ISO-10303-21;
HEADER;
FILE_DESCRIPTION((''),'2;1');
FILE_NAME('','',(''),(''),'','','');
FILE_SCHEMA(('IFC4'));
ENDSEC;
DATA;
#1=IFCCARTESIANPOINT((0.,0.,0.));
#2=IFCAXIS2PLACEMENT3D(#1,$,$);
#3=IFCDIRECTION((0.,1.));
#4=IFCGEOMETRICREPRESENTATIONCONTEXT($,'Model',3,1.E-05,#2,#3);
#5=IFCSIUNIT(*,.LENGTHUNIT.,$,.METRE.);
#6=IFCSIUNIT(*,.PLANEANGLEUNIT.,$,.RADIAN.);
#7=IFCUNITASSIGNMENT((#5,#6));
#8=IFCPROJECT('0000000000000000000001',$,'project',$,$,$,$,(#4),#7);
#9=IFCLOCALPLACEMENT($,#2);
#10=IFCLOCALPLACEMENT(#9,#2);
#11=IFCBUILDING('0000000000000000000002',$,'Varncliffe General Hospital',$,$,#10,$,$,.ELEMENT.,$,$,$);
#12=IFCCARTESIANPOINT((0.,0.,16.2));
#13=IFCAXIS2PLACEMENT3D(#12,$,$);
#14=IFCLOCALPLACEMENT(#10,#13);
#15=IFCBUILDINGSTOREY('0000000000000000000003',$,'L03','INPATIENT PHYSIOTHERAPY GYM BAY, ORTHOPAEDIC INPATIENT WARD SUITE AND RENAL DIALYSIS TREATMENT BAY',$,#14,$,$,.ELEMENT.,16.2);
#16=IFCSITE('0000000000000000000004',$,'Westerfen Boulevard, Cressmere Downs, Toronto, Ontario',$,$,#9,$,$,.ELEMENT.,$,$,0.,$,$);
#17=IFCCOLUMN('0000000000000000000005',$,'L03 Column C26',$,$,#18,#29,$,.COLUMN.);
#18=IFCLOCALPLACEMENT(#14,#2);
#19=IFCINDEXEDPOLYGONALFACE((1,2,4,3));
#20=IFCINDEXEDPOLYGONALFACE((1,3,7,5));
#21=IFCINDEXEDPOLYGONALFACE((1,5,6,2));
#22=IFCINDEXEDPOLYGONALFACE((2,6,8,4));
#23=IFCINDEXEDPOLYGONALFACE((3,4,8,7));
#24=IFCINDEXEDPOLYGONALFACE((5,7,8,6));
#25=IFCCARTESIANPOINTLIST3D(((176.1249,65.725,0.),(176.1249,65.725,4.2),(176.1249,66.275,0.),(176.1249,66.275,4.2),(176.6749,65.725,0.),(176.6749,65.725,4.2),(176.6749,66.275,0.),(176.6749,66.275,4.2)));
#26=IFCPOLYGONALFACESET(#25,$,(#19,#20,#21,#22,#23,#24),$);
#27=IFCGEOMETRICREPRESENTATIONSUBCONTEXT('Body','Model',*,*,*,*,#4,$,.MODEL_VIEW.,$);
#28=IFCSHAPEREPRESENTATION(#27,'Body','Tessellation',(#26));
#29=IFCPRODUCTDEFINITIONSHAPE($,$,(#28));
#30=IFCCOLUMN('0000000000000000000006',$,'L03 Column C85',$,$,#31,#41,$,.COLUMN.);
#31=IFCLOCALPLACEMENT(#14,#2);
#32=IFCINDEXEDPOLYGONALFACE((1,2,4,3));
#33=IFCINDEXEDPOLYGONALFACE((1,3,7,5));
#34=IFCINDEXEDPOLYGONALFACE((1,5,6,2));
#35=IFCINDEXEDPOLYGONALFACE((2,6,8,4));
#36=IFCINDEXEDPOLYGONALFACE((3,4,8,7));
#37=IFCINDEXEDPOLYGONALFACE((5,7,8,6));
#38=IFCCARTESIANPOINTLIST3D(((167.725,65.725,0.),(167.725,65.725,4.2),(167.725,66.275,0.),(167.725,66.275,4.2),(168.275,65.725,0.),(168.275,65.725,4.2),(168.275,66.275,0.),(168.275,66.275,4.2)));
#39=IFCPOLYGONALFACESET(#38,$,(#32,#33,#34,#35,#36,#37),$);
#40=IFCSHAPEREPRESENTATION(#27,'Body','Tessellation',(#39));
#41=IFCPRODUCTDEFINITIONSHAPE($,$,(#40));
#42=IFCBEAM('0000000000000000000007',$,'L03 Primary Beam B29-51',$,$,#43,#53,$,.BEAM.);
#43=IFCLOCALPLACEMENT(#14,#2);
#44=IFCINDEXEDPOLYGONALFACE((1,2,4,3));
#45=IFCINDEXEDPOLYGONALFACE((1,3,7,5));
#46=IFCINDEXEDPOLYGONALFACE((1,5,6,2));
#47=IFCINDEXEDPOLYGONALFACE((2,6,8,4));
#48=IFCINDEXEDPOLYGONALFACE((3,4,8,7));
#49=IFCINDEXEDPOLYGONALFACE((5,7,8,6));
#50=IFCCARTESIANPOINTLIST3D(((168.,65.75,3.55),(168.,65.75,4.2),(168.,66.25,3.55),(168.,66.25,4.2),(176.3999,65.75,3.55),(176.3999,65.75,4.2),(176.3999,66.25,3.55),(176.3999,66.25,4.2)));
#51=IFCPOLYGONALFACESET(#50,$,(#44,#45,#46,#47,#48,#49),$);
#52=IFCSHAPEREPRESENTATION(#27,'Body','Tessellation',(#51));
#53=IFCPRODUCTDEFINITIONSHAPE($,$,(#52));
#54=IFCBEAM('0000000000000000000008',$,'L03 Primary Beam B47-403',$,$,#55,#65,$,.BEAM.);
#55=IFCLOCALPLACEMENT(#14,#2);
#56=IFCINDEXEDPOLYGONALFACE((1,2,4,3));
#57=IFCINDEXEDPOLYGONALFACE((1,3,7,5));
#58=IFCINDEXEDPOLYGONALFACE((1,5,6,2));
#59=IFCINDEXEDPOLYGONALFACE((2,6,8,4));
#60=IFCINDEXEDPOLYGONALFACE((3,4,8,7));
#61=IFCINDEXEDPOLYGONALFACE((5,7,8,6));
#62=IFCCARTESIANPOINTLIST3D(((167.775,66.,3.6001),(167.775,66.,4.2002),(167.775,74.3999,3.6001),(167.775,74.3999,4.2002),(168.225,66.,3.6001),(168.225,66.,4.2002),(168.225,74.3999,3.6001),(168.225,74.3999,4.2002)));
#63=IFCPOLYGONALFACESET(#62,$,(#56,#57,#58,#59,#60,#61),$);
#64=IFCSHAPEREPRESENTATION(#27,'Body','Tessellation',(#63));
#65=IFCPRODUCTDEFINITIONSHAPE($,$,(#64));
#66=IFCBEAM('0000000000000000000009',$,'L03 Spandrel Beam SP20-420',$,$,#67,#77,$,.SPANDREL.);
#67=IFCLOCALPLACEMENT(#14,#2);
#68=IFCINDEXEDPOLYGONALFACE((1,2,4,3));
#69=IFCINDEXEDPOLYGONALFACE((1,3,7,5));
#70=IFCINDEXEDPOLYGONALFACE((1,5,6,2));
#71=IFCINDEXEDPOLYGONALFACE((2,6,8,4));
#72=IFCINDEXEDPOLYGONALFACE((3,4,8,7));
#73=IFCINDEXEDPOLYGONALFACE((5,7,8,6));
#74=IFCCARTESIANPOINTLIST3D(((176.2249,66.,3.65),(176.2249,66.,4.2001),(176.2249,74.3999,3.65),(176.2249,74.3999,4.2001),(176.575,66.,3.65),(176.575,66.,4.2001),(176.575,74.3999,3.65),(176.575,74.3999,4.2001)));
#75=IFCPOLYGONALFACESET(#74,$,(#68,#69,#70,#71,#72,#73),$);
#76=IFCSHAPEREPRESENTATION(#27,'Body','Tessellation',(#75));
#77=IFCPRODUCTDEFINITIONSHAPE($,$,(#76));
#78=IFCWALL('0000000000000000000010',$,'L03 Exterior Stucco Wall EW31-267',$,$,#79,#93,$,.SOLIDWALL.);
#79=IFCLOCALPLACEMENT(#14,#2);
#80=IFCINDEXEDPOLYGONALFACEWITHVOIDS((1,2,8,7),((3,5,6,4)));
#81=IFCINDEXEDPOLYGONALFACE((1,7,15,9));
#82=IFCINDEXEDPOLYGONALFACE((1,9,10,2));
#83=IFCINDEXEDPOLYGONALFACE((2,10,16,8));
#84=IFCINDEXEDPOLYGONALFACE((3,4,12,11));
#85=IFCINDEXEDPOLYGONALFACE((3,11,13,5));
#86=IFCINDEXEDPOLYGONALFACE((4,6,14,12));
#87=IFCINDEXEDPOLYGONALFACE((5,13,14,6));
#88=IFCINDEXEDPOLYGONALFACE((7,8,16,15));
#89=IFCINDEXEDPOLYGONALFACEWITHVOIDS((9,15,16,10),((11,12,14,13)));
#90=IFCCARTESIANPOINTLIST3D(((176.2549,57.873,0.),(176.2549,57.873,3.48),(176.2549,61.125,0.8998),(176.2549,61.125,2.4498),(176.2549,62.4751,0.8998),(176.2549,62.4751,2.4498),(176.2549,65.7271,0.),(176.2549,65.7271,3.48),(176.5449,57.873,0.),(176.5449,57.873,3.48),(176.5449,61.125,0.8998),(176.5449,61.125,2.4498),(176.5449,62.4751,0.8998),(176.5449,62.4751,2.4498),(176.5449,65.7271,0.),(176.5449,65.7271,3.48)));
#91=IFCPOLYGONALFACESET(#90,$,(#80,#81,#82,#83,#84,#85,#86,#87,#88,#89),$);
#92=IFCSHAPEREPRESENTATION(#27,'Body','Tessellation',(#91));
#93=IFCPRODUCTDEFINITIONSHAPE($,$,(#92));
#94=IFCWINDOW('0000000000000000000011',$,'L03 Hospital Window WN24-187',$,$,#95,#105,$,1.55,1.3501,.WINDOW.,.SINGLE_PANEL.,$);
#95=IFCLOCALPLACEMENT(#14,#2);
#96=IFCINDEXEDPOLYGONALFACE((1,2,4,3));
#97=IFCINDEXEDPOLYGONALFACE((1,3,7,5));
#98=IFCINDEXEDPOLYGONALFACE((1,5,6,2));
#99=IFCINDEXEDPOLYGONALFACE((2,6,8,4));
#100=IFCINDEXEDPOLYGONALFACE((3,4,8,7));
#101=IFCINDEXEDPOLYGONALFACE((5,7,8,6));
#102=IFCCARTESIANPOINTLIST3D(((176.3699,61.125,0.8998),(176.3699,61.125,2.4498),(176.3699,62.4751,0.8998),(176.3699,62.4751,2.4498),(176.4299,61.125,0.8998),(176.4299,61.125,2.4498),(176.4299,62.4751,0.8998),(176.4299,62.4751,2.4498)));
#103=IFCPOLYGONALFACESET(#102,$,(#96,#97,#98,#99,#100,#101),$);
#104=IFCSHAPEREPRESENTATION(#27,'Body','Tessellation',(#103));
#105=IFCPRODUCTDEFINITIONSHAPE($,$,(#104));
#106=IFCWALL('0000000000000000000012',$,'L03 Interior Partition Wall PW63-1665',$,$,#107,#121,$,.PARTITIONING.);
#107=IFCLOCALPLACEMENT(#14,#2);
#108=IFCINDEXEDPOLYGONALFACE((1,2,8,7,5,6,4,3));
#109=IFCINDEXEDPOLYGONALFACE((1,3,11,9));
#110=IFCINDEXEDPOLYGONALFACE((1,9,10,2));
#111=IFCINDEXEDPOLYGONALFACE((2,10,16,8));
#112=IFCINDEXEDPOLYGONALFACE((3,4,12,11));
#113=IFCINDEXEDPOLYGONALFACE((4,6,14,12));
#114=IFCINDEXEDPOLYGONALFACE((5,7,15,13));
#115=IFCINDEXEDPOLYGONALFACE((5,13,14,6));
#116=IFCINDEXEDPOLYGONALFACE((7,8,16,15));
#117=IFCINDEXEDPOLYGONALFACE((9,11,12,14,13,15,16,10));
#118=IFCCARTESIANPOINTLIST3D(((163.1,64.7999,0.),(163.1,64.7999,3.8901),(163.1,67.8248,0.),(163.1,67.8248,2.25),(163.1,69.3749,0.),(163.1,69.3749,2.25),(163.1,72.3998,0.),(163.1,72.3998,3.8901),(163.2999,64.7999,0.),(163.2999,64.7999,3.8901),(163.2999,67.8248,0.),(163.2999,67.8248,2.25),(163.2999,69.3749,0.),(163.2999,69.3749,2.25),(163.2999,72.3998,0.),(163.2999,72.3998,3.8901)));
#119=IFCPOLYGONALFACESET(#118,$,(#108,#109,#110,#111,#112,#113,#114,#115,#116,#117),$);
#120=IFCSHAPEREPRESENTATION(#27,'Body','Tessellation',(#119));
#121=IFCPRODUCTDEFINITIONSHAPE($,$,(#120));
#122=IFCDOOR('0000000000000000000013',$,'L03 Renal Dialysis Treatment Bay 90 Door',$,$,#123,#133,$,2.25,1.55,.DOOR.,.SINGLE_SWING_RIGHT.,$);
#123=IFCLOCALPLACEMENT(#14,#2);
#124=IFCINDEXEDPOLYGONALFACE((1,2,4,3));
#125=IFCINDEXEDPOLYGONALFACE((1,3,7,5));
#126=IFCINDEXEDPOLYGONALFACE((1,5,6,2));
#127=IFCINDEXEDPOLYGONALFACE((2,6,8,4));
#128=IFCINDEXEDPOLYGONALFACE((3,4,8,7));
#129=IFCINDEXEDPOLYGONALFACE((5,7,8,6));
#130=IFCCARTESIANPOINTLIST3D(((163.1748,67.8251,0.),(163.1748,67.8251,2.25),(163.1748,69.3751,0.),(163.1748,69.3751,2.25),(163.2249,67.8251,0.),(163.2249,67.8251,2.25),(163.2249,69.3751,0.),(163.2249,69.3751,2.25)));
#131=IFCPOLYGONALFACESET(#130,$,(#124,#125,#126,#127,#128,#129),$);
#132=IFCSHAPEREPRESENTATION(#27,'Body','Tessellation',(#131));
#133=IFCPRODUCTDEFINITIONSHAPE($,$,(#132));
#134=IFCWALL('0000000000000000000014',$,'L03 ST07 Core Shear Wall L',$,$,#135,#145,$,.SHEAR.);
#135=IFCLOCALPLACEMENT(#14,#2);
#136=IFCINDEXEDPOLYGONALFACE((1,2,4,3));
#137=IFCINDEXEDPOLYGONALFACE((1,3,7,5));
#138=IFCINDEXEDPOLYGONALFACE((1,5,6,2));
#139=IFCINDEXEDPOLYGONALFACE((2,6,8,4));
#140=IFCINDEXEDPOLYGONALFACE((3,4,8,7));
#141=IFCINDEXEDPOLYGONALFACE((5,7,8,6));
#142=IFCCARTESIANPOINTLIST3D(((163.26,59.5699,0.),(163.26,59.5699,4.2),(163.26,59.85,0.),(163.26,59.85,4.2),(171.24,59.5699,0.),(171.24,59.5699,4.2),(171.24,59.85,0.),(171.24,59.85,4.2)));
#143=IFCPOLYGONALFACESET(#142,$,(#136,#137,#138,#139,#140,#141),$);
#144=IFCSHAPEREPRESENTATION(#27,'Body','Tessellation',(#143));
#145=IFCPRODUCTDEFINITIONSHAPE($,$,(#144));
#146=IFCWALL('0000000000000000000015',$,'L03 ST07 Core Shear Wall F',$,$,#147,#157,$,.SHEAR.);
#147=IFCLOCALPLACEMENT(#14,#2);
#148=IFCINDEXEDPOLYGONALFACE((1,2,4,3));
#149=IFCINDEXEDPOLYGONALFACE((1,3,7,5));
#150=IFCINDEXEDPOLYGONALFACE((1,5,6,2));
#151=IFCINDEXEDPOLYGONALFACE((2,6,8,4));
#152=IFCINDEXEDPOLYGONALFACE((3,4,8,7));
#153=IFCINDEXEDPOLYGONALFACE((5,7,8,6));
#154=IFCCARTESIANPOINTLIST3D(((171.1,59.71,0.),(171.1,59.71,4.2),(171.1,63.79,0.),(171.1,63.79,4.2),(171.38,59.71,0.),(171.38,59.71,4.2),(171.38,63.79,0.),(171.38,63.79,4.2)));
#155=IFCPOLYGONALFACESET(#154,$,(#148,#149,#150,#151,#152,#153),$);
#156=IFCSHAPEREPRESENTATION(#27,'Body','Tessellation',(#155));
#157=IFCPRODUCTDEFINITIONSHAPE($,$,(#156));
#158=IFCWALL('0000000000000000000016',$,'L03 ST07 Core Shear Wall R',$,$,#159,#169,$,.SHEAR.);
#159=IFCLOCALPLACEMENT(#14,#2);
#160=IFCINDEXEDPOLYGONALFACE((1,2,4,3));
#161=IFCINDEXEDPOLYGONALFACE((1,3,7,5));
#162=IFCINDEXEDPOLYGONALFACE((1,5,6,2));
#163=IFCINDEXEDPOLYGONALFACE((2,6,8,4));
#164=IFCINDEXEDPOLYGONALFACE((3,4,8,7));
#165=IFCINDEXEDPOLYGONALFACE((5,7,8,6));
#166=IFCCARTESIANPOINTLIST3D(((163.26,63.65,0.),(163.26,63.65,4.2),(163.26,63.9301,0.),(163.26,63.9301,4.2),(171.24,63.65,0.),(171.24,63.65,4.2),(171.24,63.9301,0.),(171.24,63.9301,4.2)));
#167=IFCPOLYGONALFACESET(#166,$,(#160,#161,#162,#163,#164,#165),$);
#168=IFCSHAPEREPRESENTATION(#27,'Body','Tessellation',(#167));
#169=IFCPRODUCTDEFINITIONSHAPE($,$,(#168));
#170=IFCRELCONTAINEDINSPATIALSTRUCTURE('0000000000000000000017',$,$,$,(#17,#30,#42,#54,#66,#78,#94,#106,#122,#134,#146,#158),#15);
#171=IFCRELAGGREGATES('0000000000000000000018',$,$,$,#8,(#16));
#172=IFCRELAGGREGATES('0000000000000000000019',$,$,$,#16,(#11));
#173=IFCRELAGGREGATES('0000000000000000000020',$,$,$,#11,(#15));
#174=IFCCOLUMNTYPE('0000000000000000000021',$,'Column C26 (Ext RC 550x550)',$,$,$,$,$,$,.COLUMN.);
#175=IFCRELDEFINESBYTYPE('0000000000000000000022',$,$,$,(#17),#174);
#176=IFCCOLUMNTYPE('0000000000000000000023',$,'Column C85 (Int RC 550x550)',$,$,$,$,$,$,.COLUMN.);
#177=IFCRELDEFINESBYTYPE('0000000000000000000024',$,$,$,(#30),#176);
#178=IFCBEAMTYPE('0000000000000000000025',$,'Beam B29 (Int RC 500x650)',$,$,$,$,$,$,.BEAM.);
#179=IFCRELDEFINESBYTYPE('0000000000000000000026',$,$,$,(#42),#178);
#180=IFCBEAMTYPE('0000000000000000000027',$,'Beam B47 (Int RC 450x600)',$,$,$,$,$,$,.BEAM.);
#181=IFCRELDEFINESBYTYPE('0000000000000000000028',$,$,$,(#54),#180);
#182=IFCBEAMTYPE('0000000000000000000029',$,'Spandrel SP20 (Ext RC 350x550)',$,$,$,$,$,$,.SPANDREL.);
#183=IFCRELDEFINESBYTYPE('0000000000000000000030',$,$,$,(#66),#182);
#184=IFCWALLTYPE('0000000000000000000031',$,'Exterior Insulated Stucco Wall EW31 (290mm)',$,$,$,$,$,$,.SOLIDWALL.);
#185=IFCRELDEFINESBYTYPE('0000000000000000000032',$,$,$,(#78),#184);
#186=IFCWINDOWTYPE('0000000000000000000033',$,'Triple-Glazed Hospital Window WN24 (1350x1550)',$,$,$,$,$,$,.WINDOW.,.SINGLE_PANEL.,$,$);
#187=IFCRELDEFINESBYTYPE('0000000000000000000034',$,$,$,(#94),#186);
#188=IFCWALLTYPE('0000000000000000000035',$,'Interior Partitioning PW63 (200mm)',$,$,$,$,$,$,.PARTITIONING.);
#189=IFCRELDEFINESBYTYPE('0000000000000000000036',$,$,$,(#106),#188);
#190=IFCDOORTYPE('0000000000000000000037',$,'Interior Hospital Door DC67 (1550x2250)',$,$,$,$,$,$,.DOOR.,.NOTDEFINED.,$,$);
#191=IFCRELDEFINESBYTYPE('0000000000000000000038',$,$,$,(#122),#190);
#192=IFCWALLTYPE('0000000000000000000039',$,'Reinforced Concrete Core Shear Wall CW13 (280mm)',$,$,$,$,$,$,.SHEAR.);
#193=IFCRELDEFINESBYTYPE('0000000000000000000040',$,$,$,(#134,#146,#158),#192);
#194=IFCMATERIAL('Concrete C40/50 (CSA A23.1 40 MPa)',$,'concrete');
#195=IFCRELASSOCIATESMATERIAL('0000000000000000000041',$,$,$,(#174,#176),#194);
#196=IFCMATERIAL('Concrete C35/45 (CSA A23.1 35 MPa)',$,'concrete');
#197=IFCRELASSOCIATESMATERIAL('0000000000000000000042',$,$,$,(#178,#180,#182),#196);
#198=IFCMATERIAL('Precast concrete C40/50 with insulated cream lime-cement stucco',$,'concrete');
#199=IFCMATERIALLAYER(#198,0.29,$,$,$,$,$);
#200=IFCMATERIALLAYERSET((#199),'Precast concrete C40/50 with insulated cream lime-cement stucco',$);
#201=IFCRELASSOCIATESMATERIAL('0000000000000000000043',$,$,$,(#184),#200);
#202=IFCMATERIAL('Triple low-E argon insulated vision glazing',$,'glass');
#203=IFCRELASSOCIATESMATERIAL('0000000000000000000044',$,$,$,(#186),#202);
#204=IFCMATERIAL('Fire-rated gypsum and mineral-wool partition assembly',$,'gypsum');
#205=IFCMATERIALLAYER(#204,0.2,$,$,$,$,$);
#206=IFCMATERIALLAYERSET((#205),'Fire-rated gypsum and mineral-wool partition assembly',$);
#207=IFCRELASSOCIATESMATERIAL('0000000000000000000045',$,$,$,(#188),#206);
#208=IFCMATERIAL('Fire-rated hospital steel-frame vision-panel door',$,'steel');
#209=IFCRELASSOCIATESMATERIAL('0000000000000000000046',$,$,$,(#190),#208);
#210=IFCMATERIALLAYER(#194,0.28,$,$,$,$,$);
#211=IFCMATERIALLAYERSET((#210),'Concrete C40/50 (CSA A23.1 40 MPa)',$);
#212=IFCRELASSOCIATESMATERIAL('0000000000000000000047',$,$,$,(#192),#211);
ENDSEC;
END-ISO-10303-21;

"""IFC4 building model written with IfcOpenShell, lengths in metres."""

from ifc_helpers import new_model, si_unit, direction, frame, frame_2d, origin, origin_2d, place, context, subcontext, project, spatial, rectangle, extrude, material, layer, layer_set, material_profile, profile_set, type_object, element, fill, save


model = new_model("IFC4")

# Units and contexts
model_context = context("Model", 3, precision=1e-05, world=origin(), true_north=direction((0.0, 1.0)))
body_context = subcontext(model_context, "Body", "Model", "MODEL_VIEW")
ifc_project = project(units=[si_unit("LENGTHUNIT", "METRE"), si_unit("PLANEANGLEUNIT", "RADIAN")], contexts=[model_context])

# Site, building, storey
site_placement = place(None, origin())
site = spatial("IfcSite", under=ifc_project, at=site_placement, Name="Westerfen Boulevard, Cressmere Downs, Toronto, Ontario", CompositionType="ELEMENT", RefElevation=0.0)
building_placement = place(site_placement, origin())
building = spatial("IfcBuilding", under=site, at=building_placement, Name="Varncliffe General Hospital", CompositionType="ELEMENT")
storey_placement = place(building_placement, frame((0.0, 0.0, 16.2)))
storey = spatial("IfcBuildingStorey", under=building, at=storey_placement, Name="L03", Description="INPATIENT PHYSIOTHERAPY GYM BAY, ORTHOPAEDIC INPATIENT WARD SUITE AND RENAL DIALYSIS TREATMENT BAY", CompositionType="ELEMENT", Elevation=16.2)

# Columns
ifc_material_1 = material(Name="Concrete C40/50 (CSA A23.1 40 MPa)", Category="concrete")
ifc_material_profile_1 = material_profile(ifc_material_1, rectangle(XDim=0.55, YDim=0.55, at=origin_2d()), Name="RC 550x550")
ifc_profile_set_1 = profile_set([ifc_material_profile_1], Name="Concrete C40/50 (CSA A23.1 40 MPa)")
column_type_1 = type_object("IfcColumnType", Name="Column C26 (Ext RC 550x550)", PredefinedType="COLUMN", material=ifc_profile_set_1)
column_1_placement = place(storey_placement, frame((176.3999, 66.0, 0.0), z_axis=(0.0, 0.0, 1.0), x_axis=(1.0, 0.0, 0.0)))
element("IfcColumn", 1, at=column_1_placement, inside=storey, type_object=column_type_1, Name="L03 Column C26", PredefinedType="COLUMN", context=body_context, shape_type="SweptSolid", body=[
    extrude(rectangle(XDim=0.55, YDim=0.55, at=origin_2d()), origin(), (0.0, 0.0, 1.0), 4.2),
])
ifc_material_profile_2 = material_profile(ifc_material_1, rectangle(XDim=0.55, YDim=0.55, at=origin_2d()), Name="RC 550x550")
ifc_profile_set_2 = profile_set([ifc_material_profile_2], Name="Concrete C40/50 (CSA A23.1 40 MPa)")
column_type_2 = type_object("IfcColumnType", Name="Column C85 (Int RC 550x550)", PredefinedType="COLUMN", material=ifc_profile_set_2)
column_2_placement = place(storey_placement, frame((168.0, 66.0, 0.0), z_axis=(0.0, 0.0, 1.0), x_axis=(1.0, 0.0, 0.0)))
element("IfcColumn", 2, at=column_2_placement, inside=storey, type_object=column_type_2, Name="L03 Column C85", PredefinedType="COLUMN", context=body_context, shape_type="SweptSolid", body=[
    extrude(rectangle(XDim=0.55, YDim=0.55, at=origin_2d()), origin(), (0.0, 0.0, 1.0), 4.2),
])

# Beams
ifc_material_2 = material(Name="Concrete C35/45 (CSA A23.1 35 MPa)", Category="concrete")
ifc_material_profile_3 = material_profile(ifc_material_2, rectangle(XDim=0.5, YDim=0.6499, at=origin_2d()), Name="RC 500x650")
ifc_profile_set_3 = profile_set([ifc_material_profile_3], Name="Concrete C35/45 (CSA A23.1 35 MPa)")
beam_type_1 = type_object("IfcBeamType", Name="Beam B29 (Int RC 500x650)", PredefinedType="BEAM", material=ifc_profile_set_3)
beam_1_placement = place(storey_placement, frame((168.0, 66.0, 3.875), z_axis=(1.0, 0.0, 0.0), x_axis=(0.0, 1.0, 0.0)))
element("IfcBeam", 3, at=beam_1_placement, inside=storey, type_object=beam_type_1, Name="L03 Primary Beam B29-51", PredefinedType="BEAM", context=body_context, shape_type="SweptSolid", body=[
    extrude(rectangle(XDim=0.5, YDim=0.6499, at=origin_2d()), origin(), (0.0, 0.0, 1.0), 8.3999),
])
ifc_material_profile_4 = material_profile(ifc_material_2, rectangle(XDim=0.45, YDim=0.6001, at=origin_2d()), Name="RC 450x600")
ifc_profile_set_4 = profile_set([ifc_material_profile_4], Name="Concrete C35/45 (CSA A23.1 35 MPa)")
beam_type_2 = type_object("IfcBeamType", Name="Beam B47 (Int RC 450x600)", PredefinedType="BEAM", material=ifc_profile_set_4)
beam_2_placement = place(storey_placement, frame((168.0, 66.0, 3.9001), z_axis=(0.0, 1.0, 0.0), x_axis=(-1.0, 0.0, 0.0)))
element("IfcBeam", 4, at=beam_2_placement, inside=storey, type_object=beam_type_2, Name="L03 Primary Beam B47-403", PredefinedType="BEAM", context=body_context, shape_type="SweptSolid", body=[
    extrude(rectangle(XDim=0.45, YDim=0.6001, at=origin_2d()), origin(), (0.0, 0.0, 1.0), 8.3999),
])
ifc_material_profile_5 = material_profile(ifc_material_2, rectangle(XDim=0.3501, YDim=0.55, at=origin_2d()), Name="RC 350x550")
ifc_profile_set_5 = profile_set([ifc_material_profile_5], Name="Concrete C35/45 (CSA A23.1 35 MPa)")
beam_type_3 = type_object("IfcBeamType", Name="Spandrel SP20 (Ext RC 350x550)", PredefinedType="SPANDREL", material=ifc_profile_set_5)
beam_3_placement = place(storey_placement, frame((176.3999, 66.0, 3.925), z_axis=(0.0, 1.0, 0.0), x_axis=(-1.0, 0.0, 0.0)))
element("IfcBeam", 5, at=beam_3_placement, inside=storey, type_object=beam_type_3, Name="L03 Spandrel Beam SP20-420", PredefinedType="SPANDREL", context=body_context, shape_type="SweptSolid", body=[
    extrude(rectangle(XDim=0.3501, YDim=0.55, at=origin_2d()), origin(), (0.0, 0.0, 1.0), 8.3999),
])

# Wall, opening, window
ifc_material_3 = material(Name="Precast concrete C40/50 with insulated cream lime-cement stucco", Category="concrete")
ifc_layer_1 = layer(ifc_material_3, 0.29)
ifc_layer_set_1 = layer_set([ifc_layer_1], Name="Precast concrete C40/50 with insulated cream lime-cement stucco")
wall_type_1 = type_object("IfcWallType", Name="Exterior Insulated Stucco Wall EW31 (290mm)", PredefinedType="SOLIDWALL", material=ifc_layer_set_1)
wall_1_placement = place(storey_placement, frame((176.3999, 65.7271, 0.0), z_axis=(0.0, 0.0, 1.0), x_axis=(0.0, -1.0, 0.0)))
wall_1 = element("IfcWall", 6, at=wall_1_placement, inside=storey, type_object=wall_type_1, Name="L03 Exterior Stucco Wall EW31-267", PredefinedType="SOLIDWALL", context=body_context, shape_type="SweptSolid", body=[
    extrude(rectangle(XDim=7.854, YDim=0.29, at=frame_2d((3.927, 0.0))), origin(), (0.0, 0.0, 1.0), 3.48),
])
opening_1_placement = place(wall_1_placement, frame((3.252, 0.0, 0.8999)))
opening_1 = element("IfcOpeningElement", 7, at=opening_1_placement, cuts=wall_1, PredefinedType="OPENING", context=body_context, shape_type="SweptSolid", body=[
    extrude(rectangle(XDim=1.3501, YDim=1.55, at=frame_2d((0.675, 0.7749))), frame((0.0, 0.155, 0.0), z_axis=(0.0, -1.0, 0.0), x_axis=(1.0, 0.0, 0.0)), (0.0, 0.0, 1.0), 0.3101),
])
ifc_material_4 = material(Name="Triple low-E argon insulated vision glazing", Category="glass")
window_type = type_object("IfcWindowType", Name="Triple-Glazed Hospital Window WN24 (1350x1550)", PartitioningType="SINGLE_PANEL", PredefinedType="WINDOW", material=ifc_material_4)
window_placement = place(opening_1_placement, origin())
window = element("IfcWindow", 8, at=window_placement, inside=storey, type_object=window_type, Name="L03 Hospital Window WN24-187", OverallHeight=1.55, OverallWidth=1.3501, PartitioningType="SINGLE_PANEL", PredefinedType="WINDOW", context=body_context, shape_type="SweptSolid", body=[
    extrude(rectangle(XDim=1.3501, YDim=1.55, at=frame_2d((0.675, 0.7749))), frame((0.0, 0.03, 0.0), z_axis=(0.0, -1.0, 0.0), x_axis=(1.0, 0.0, 0.0)), (0.0, 0.0, 1.0), 0.0601),
])
fill(opening_1, window)

# Wall, opening, door
ifc_material_5 = material(Name="Fire-rated gypsum and mineral-wool partition assembly", Category="gypsum")
ifc_layer_2 = layer(ifc_material_5, 0.2)
ifc_layer_set_2 = layer_set([ifc_layer_2], Name="Fire-rated gypsum and mineral-wool partition assembly")
wall_type_2 = type_object("IfcWallType", Name="Interior Partitioning PW63 (200mm)", PredefinedType="PARTITIONING", material=ifc_layer_set_2)
wall_2_placement = place(storey_placement, frame((163.2, 64.8, 0.0), z_axis=(0.0, 0.0, 1.0), x_axis=(0.0, 1.0, 0.0)))
wall_2 = element("IfcWall", 9, at=wall_2_placement, inside=storey, type_object=wall_type_2, Name="L03 Interior Partition Wall PW63-1665", PredefinedType="PARTITIONING", context=body_context, shape_type="SweptSolid", body=[
    extrude(rectangle(XDim=7.5999, YDim=0.2, at=frame_2d((3.7998, 0.0))), origin(), (0.0, 0.0, 1.0), 3.8901),
])
opening_2_placement = place(wall_2_placement, frame((3.0249, 0.0, 0.0)))
opening_2 = element("IfcOpeningElement", 10, at=opening_2_placement, cuts=wall_2, PredefinedType="OPENING", context=body_context, shape_type="SweptSolid", body=[
    extrude(rectangle(XDim=1.55, YDim=2.25, at=frame_2d((0.7749, 1.125))), frame((0.0, 0.1099, 0.0), z_axis=(0.0, -1.0, 0.0), x_axis=(1.0, 0.0, 0.0)), (0.0, 0.0, 1.0), 0.22),
])
ifc_material_6 = material(Name="Fire-rated hospital steel-frame vision-panel door", Category="steel")
door_type_1 = type_object("IfcDoorType", Name="Interior Hospital Door DC67 (1550x2250)", OperationType="NOTDEFINED", PredefinedType="DOOR", material=ifc_material_6)
door_1_placement = place(opening_2_placement, frame((1.55, 0.0, 0.0), z_axis=(0.0, 0.0, 1.0), x_axis=(-1.0, 0.0, 0.0)))
door_1 = element("IfcDoor", 11, at=door_1_placement, inside=storey, type_object=door_type_1, Name="L03 Renal Dialysis Treatment Bay 90 Door", OperationType="SINGLE_SWING_RIGHT", OverallHeight=2.25, OverallWidth=1.55, PredefinedType="DOOR", context=body_context, shape_type="SweptSolid", body=[
    extrude(rectangle(XDim=1.55, YDim=2.25, at=frame_2d((0.7749, 1.125))), frame((0.0, 0.0249, 0.0), z_axis=(0.0, -1.0, 0.0), x_axis=(1.0, 0.0, 0.0)), (0.0, 0.0, 1.0), 0.05),
])
fill(opening_2, door_1)

# Walls
ifc_layer_3 = layer(ifc_material_1, 0.28)
ifc_layer_set_3 = layer_set([ifc_layer_3], Name="Concrete C40/50 (CSA A23.1 40 MPa)")
wall_type_3 = type_object("IfcWallType", Name="Reinforced Concrete Core Shear Wall CW13 (280mm)", PredefinedType="SHEAR", material=ifc_layer_set_3)
wall_3_placement = place(storey_placement, frame((163.26, 59.71, 0.0), z_axis=(0.0, 0.0, 1.0), x_axis=(1.0, 0.0, 0.0)))
element("IfcWall", 12, at=wall_3_placement, inside=storey, type_object=wall_type_3, Name="L03 ST07 Core Shear Wall L", PredefinedType="SHEAR", context=body_context, shape_type="SweptSolid", body=[
    extrude(rectangle(XDim=7.98, YDim=0.28, at=frame_2d((3.99, 0.0))), origin(), (0.0, 0.0, 1.0), 4.2),
])
wall_4_placement = place(storey_placement, frame((171.24, 59.71, 0.0), z_axis=(0.0, 0.0, 1.0), x_axis=(0.0, 1.0, 0.0)))
element("IfcWall", 13, at=wall_4_placement, inside=storey, type_object=wall_type_3, Name="L03 ST07 Core Shear Wall F", PredefinedType="SHEAR", context=body_context, shape_type="SweptSolid", body=[
    extrude(rectangle(XDim=4.0801, YDim=0.28, at=frame_2d((2.04, 0.0))), origin(), (0.0, 0.0, 1.0), 4.2),
])
wall_5_placement = place(storey_placement, frame((171.24, 63.79, 0.0), z_axis=(0.0, 0.0, 1.0), x_axis=(-1.0, 0.0, 0.0)))
element("IfcWall", 14, at=wall_5_placement, inside=storey, type_object=wall_type_3, Name="L03 ST07 Core Shear Wall R", PredefinedType="SHEAR", context=body_context, shape_type="SweptSolid", body=[
    extrude(rectangle(XDim=7.98, YDim=0.28, at=frame_2d((3.99, 0.0))), origin(), (0.0, 0.0, 1.0), 4.2),
])

save(model, "model.ifc")
